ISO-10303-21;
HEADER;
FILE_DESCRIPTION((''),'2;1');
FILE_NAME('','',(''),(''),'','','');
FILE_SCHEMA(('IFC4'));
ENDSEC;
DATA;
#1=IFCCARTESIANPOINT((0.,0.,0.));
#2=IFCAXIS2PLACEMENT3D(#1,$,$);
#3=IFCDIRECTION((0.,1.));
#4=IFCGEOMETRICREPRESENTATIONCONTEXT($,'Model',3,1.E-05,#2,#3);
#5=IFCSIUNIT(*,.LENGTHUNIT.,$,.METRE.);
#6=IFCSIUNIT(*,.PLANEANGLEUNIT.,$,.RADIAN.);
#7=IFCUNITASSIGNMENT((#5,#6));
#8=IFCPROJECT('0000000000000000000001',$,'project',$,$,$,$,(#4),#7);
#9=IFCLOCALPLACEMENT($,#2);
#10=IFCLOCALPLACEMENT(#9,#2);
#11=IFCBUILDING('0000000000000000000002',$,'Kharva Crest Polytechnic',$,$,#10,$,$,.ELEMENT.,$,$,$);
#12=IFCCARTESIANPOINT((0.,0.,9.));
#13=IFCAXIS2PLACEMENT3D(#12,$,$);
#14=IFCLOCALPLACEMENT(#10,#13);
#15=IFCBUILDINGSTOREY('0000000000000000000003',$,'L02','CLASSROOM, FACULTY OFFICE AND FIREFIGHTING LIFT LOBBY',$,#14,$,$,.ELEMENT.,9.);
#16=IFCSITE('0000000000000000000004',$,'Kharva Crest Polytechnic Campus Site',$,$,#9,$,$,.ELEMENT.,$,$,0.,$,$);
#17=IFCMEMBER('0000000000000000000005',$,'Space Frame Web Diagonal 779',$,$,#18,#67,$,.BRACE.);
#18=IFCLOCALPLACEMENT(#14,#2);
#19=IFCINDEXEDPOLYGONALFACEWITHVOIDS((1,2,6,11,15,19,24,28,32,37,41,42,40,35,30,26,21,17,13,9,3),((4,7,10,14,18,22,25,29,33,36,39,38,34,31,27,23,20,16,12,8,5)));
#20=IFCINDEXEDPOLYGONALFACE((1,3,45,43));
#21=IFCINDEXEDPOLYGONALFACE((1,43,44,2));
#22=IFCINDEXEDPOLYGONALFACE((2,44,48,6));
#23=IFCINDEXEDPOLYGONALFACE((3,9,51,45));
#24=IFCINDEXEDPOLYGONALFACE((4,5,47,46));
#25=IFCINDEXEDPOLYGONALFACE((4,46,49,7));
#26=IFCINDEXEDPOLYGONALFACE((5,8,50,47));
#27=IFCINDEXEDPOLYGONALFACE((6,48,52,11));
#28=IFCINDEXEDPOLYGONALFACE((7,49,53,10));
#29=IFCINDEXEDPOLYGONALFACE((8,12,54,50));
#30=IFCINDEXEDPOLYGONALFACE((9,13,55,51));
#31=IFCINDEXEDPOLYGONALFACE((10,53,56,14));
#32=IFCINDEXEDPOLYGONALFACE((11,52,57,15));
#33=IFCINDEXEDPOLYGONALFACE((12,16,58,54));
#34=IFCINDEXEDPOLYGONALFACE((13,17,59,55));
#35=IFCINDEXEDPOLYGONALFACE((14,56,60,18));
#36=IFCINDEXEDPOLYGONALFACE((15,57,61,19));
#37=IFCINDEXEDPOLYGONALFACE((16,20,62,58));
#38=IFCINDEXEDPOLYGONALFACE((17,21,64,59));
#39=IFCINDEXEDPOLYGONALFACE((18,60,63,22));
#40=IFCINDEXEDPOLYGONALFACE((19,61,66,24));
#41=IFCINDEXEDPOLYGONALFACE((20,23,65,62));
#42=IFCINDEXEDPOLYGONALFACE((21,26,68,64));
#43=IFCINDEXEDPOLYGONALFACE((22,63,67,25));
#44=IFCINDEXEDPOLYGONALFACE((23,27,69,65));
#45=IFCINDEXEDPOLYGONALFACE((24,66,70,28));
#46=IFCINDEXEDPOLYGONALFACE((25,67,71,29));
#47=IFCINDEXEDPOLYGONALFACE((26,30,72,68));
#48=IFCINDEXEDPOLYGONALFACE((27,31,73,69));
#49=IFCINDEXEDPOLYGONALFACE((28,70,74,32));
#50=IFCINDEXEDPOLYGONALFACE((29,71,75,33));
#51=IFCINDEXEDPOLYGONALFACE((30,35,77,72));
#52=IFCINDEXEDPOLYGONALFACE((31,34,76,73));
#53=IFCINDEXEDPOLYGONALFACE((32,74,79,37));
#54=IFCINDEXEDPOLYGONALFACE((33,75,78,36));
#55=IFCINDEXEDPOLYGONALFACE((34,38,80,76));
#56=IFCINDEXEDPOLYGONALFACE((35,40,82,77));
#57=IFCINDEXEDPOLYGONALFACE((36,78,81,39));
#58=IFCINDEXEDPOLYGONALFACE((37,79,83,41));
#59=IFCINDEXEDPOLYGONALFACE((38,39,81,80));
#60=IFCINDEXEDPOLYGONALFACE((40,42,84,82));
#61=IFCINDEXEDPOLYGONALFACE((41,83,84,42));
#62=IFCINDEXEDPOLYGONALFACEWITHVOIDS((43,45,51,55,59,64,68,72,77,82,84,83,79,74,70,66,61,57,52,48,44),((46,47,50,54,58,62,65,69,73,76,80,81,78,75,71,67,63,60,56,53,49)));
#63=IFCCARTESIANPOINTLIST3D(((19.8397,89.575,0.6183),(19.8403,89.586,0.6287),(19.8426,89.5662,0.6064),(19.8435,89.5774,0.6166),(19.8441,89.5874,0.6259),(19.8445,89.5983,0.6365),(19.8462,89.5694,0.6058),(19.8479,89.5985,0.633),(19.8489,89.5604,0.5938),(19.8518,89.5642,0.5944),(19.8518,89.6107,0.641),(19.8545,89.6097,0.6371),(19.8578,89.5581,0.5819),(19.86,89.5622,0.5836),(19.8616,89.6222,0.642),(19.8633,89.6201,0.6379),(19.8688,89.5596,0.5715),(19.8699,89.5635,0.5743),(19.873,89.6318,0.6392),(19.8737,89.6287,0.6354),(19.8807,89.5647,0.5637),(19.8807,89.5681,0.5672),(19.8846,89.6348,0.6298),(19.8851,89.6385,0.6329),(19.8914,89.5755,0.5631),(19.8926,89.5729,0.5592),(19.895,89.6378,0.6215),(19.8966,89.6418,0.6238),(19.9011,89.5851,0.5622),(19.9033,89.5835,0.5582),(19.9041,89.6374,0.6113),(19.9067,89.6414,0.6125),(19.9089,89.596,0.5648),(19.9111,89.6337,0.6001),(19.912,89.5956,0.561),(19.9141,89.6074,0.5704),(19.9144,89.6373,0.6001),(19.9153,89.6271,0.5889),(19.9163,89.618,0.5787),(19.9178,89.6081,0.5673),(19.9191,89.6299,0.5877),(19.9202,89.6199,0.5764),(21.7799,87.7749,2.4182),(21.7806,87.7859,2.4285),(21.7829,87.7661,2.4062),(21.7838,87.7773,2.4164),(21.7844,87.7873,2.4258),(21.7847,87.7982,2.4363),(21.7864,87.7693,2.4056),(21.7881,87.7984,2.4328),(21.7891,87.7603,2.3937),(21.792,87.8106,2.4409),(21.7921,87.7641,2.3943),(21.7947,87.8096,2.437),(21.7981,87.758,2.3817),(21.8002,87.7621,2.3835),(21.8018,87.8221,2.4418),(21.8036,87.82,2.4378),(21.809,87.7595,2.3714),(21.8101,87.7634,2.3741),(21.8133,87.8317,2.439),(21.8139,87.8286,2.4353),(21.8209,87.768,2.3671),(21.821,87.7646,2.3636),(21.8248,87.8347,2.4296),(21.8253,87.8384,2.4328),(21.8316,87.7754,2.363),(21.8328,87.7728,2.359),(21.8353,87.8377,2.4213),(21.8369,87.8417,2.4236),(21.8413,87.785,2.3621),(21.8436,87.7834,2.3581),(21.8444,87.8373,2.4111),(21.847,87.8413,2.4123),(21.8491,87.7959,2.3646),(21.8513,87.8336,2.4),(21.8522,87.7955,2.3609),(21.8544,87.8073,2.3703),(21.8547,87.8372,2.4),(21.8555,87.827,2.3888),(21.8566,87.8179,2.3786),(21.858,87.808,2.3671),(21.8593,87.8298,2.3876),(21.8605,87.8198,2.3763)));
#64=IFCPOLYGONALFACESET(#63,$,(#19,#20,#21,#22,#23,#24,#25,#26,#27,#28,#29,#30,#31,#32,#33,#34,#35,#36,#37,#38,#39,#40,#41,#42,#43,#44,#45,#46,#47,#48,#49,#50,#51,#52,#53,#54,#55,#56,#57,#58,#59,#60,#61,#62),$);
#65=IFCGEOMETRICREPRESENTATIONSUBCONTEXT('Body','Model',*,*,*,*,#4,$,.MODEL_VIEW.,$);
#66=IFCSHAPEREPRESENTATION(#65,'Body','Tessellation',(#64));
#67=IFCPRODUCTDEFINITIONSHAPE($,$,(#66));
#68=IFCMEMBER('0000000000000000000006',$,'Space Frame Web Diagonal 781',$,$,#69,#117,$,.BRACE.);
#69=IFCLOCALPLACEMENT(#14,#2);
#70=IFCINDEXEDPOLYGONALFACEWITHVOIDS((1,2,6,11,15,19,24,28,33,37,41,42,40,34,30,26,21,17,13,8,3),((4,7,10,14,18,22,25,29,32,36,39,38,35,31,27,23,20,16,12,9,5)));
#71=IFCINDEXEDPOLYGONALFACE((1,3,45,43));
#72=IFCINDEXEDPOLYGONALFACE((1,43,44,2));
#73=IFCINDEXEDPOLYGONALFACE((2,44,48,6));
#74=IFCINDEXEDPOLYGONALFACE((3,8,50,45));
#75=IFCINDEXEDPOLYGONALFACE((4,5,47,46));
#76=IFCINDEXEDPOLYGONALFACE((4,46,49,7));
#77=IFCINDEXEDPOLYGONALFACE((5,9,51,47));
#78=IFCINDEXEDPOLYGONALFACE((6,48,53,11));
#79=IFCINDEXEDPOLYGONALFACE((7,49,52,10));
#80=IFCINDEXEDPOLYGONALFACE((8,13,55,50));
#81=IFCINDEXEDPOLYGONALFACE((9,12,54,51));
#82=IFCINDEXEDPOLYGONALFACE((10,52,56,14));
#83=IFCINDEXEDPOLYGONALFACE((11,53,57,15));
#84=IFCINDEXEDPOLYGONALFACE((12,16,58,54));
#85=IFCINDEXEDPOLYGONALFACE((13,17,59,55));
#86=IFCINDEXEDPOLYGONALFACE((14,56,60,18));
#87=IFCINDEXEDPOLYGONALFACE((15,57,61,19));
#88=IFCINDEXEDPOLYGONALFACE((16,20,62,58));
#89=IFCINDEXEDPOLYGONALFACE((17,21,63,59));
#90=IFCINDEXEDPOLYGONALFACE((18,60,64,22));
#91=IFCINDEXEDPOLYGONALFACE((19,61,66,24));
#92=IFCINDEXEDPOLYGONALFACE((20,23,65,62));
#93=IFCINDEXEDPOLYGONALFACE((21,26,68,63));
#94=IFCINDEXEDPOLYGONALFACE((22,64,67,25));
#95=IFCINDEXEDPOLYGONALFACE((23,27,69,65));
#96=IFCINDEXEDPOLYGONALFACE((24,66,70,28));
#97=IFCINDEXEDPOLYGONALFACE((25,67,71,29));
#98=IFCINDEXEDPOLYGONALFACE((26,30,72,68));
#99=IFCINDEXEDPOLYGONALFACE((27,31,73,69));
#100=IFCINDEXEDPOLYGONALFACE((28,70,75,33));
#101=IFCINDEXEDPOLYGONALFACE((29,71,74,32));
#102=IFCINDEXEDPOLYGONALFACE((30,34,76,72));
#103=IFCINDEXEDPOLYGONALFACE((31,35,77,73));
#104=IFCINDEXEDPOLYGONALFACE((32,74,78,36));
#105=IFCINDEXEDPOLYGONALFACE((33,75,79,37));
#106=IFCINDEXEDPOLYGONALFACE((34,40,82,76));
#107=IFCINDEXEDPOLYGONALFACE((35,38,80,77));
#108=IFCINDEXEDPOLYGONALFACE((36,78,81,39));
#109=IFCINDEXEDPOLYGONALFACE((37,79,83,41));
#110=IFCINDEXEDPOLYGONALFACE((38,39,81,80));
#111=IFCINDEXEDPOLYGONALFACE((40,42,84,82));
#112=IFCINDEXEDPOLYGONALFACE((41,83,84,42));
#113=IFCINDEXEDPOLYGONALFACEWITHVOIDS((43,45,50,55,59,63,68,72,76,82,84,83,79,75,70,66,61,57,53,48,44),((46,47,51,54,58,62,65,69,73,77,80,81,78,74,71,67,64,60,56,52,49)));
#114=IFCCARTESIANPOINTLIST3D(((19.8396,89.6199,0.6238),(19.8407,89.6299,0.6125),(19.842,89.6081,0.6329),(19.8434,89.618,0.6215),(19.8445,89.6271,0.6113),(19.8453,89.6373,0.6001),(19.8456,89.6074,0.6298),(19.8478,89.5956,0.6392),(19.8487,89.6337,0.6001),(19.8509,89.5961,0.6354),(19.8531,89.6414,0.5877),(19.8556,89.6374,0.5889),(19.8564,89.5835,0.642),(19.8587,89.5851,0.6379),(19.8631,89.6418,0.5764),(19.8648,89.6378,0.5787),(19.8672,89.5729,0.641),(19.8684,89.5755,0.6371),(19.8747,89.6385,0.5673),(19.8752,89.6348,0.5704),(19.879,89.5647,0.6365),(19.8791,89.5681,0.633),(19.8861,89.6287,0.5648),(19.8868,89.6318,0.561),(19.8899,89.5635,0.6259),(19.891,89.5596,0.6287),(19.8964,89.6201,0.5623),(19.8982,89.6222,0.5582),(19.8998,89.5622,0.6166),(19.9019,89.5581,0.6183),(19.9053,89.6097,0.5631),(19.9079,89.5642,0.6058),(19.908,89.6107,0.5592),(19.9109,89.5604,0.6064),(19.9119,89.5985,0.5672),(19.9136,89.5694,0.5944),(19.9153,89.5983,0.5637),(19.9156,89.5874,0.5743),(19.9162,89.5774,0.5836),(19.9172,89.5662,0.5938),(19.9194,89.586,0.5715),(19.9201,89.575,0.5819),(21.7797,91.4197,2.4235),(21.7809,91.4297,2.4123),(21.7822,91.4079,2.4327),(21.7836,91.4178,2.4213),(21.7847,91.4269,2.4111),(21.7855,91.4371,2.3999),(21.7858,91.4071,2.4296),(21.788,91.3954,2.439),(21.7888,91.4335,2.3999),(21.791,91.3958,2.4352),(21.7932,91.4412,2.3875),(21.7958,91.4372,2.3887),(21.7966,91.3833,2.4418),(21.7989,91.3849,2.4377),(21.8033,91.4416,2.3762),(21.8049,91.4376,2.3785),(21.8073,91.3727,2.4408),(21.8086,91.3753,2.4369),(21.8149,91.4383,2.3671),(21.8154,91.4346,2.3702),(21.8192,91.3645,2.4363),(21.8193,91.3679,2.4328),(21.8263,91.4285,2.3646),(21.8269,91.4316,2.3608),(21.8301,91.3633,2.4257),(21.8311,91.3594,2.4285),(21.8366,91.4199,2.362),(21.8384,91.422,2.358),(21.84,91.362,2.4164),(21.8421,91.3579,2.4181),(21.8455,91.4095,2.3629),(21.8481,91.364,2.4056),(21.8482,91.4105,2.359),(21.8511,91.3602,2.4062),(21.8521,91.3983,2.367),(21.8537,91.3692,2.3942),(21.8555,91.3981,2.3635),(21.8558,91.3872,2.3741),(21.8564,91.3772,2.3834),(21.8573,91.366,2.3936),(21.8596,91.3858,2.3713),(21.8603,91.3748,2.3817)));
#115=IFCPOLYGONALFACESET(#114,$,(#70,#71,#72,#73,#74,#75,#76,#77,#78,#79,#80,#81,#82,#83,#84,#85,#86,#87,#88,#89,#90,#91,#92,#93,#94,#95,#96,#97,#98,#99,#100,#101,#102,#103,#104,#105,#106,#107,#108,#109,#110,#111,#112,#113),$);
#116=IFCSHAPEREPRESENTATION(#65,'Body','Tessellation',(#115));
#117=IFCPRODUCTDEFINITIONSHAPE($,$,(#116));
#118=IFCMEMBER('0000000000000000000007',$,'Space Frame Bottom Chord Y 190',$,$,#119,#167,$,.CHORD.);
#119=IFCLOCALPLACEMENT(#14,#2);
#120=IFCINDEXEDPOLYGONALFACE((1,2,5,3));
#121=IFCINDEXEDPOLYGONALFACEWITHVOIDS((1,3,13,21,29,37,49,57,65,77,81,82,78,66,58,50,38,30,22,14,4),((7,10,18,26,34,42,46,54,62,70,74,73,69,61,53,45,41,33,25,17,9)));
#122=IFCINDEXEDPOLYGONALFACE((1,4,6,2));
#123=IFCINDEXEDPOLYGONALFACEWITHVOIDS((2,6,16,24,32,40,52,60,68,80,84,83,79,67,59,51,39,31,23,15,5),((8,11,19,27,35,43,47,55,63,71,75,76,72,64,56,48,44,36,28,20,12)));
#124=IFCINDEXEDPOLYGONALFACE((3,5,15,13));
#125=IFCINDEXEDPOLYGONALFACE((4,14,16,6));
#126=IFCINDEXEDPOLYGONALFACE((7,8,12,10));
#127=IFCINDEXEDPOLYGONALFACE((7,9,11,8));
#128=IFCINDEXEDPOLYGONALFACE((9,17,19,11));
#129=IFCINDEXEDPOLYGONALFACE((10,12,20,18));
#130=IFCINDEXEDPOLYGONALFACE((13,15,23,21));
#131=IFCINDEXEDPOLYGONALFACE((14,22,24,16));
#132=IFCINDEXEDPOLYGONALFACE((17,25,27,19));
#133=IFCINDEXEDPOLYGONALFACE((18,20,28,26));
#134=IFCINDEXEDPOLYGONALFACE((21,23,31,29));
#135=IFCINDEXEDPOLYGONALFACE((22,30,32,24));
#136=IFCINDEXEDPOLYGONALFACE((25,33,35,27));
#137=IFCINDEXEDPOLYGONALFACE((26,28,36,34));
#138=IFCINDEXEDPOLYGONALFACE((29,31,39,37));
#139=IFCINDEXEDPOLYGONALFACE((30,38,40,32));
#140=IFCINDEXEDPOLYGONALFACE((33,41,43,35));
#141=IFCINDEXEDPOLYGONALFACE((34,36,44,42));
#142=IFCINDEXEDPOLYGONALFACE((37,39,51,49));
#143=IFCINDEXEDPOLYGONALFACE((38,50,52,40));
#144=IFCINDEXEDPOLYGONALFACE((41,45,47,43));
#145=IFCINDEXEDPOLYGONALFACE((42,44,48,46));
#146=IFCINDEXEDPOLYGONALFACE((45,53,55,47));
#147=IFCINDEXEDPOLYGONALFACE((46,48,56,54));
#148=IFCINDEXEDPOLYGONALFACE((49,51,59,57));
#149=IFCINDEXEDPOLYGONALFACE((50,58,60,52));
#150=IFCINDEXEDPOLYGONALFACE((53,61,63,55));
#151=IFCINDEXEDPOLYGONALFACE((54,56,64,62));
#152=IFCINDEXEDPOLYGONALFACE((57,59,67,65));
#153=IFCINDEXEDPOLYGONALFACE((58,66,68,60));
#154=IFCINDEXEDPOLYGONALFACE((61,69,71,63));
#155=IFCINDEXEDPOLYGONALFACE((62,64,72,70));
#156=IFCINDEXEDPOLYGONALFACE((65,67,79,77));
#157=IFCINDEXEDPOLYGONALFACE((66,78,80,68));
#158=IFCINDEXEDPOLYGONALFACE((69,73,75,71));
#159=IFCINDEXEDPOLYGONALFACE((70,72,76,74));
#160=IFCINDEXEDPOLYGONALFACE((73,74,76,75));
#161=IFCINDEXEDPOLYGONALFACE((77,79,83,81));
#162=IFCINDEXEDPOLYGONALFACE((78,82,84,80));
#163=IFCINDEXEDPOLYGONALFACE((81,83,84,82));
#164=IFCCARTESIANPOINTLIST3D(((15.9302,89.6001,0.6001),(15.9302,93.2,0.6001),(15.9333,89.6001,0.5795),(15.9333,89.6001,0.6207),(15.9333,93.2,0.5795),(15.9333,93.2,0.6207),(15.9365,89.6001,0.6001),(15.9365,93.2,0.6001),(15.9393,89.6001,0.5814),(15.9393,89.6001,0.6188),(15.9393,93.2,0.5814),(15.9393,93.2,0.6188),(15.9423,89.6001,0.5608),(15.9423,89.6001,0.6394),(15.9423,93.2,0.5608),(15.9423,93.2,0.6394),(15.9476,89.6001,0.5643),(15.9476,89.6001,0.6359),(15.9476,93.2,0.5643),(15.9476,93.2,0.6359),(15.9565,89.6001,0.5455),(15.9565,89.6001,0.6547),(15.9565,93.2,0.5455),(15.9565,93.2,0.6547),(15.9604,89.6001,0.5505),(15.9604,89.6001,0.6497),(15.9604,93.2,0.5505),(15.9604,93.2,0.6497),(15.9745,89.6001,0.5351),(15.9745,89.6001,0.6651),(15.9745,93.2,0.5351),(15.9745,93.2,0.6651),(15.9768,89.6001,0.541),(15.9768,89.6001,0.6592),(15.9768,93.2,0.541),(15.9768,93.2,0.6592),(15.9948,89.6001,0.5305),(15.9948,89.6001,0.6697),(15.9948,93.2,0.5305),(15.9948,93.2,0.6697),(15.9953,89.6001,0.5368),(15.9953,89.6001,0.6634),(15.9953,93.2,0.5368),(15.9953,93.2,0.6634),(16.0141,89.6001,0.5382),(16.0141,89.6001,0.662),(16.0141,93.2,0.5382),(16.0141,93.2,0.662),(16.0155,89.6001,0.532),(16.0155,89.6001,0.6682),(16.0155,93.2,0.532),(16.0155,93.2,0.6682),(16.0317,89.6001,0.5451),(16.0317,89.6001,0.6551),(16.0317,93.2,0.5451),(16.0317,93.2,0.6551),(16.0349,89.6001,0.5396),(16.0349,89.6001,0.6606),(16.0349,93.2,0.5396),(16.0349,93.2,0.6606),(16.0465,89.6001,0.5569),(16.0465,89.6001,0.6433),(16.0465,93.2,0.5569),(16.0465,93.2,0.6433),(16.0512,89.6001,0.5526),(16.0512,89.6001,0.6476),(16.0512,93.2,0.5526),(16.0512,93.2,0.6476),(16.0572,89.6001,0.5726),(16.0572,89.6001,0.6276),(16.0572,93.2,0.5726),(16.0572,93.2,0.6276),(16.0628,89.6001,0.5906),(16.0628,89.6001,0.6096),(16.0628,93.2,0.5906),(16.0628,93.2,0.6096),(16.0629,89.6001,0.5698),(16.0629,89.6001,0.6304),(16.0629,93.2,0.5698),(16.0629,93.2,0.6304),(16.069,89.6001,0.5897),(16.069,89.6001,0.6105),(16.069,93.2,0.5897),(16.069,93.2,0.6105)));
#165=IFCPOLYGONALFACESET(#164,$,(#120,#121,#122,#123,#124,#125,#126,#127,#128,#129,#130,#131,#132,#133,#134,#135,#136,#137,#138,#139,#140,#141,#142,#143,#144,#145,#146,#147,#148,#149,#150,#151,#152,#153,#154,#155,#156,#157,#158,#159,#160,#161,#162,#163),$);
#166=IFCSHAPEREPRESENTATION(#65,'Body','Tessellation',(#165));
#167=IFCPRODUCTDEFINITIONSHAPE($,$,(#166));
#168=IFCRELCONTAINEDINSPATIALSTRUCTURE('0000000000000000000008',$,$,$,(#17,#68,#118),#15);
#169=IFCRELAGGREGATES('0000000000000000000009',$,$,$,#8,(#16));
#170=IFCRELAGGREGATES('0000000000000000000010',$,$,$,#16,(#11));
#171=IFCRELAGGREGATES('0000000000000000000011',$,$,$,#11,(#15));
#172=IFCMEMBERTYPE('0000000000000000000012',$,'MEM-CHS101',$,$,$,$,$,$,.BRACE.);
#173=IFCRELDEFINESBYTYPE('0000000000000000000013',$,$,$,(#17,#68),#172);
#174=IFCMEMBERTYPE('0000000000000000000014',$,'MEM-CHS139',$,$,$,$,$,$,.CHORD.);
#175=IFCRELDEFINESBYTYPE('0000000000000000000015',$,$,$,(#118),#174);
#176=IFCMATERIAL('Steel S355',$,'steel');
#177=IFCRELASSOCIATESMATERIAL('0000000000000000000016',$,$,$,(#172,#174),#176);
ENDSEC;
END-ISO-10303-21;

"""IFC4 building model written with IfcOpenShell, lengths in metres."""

from ifc_helpers import new_model, si_unit, direction, frame, origin, origin_2d, place, context, subcontext, project, spatial, hollow_circle, extrude, material, material_profile, profile_set, type_object, element, save


model = new_model("IFC4")

# Units and contexts
model_context = context("Model", 3, precision=1e-05, world=origin(), true_north=direction((0.0, 1.0)))
body_context = subcontext(model_context, "Body", "Model", "MODEL_VIEW")
ifc_project = project(units=[si_unit("LENGTHUNIT", "METRE"), si_unit("PLANEANGLEUNIT", "RADIAN")], contexts=[model_context])

# Site, building, storey
site_placement = place(None, origin())
site = spatial("IfcSite", under=ifc_project, at=site_placement, Name="Kharva Crest Polytechnic Campus Site", CompositionType="ELEMENT", RefElevation=0.0)
building_placement = place(site_placement, origin())
building = spatial("IfcBuilding", under=site, at=building_placement, Name="Kharva Crest Polytechnic", CompositionType="ELEMENT")
storey_placement = place(building_placement, frame((0.0, 0.0, 9.0)))
storey = spatial("IfcBuildingStorey", under=building, at=storey_placement, Name="L02", Description="CLASSROOM, FACULTY OFFICE AND FIREFIGHTING LIFT LOBBY", CompositionType="ELEMENT", Elevation=9.0)

# Shared definitions
ifc_material_1 = material(Name="Steel S355", Category="steel")

# Members
ifc_material_profile_1 = material_profile(ifc_material_1, hollow_circle(Radius=0.0508, WallThickness=0.0049, at=origin_2d()), Name="CHS 101.6X5.0")
ifc_profile_set_1 = profile_set([ifc_material_profile_1], Name="Steel S355")
member_type_1 = type_object("IfcMemberType", Name="MEM-CHS101", PredefinedType="BRACE", material=ifc_profile_set_1)
for number, where, z_axis, x_axis, name in (
    (1, (19.8799, 89.6001, 0.6001), (0.606196, -0.562411, 0.562335), (0.680136, 0.733086, 0.0), "Space Frame Web Diagonal 779"),
):
    element("IfcMember", number, at=place(storey_placement, frame(where, z_axis=z_axis, x_axis=x_axis)), inside=storey, type_object=member_type_1, Name=name, PredefinedType="BRACE", context=body_context, shape_type="SweptSolid", body=[
        extrude(hollow_circle(Radius=0.0508, WallThickness=0.0049, at=origin_2d()), origin(), (0.0, 0.0, 1.0), 3.2007),
    ])
member_1_placement = place(storey_placement, frame((19.8799, 89.6001, 0.6001), z_axis=(0.606222, 0.562359, 0.562359), x_axis=(-0.680087, 0.733132, 0.0)))
element("IfcMember", 2, at=member_1_placement, inside=storey, type_object=member_type_1, Name="Space Frame Web Diagonal 781", PredefinedType="BRACE", context=body_context, shape_type="SweptSolid", body=[
    extrude(hollow_circle(Radius=0.0508, WallThickness=0.0049, at=origin_2d()), origin(), (0.0, 0.0, 1.0), 3.2004),
])
ifc_material_profile_2 = material_profile(ifc_material_1, hollow_circle(Radius=0.0698, WallThickness=0.0063, at=origin_2d()), Name="CHS 139.7X6.3")
ifc_profile_set_2 = profile_set([ifc_material_profile_2], Name="Steel S355")
member_type_2 = type_object("IfcMemberType", Name="MEM-CHS139", PredefinedType="CHORD", material=ifc_profile_set_2)
member_2_placement = place(storey_placement, frame((16.0, 89.6001, 0.6001), z_axis=(0.0, 1.0, 0.0), x_axis=(-1.0, 0.0, 0.0)))
element("IfcMember", 3, at=member_2_placement, inside=storey, type_object=member_type_2, Name="Space Frame Bottom Chord Y 190", PredefinedType="CHORD", context=body_context, shape_type="SweptSolid", body=[
    extrude(hollow_circle(Radius=0.0698, WallThickness=0.0063, at=origin_2d()), origin(), (0.0, 0.0, 1.0), 3.5999),
])

save(model, "model.ifc")
